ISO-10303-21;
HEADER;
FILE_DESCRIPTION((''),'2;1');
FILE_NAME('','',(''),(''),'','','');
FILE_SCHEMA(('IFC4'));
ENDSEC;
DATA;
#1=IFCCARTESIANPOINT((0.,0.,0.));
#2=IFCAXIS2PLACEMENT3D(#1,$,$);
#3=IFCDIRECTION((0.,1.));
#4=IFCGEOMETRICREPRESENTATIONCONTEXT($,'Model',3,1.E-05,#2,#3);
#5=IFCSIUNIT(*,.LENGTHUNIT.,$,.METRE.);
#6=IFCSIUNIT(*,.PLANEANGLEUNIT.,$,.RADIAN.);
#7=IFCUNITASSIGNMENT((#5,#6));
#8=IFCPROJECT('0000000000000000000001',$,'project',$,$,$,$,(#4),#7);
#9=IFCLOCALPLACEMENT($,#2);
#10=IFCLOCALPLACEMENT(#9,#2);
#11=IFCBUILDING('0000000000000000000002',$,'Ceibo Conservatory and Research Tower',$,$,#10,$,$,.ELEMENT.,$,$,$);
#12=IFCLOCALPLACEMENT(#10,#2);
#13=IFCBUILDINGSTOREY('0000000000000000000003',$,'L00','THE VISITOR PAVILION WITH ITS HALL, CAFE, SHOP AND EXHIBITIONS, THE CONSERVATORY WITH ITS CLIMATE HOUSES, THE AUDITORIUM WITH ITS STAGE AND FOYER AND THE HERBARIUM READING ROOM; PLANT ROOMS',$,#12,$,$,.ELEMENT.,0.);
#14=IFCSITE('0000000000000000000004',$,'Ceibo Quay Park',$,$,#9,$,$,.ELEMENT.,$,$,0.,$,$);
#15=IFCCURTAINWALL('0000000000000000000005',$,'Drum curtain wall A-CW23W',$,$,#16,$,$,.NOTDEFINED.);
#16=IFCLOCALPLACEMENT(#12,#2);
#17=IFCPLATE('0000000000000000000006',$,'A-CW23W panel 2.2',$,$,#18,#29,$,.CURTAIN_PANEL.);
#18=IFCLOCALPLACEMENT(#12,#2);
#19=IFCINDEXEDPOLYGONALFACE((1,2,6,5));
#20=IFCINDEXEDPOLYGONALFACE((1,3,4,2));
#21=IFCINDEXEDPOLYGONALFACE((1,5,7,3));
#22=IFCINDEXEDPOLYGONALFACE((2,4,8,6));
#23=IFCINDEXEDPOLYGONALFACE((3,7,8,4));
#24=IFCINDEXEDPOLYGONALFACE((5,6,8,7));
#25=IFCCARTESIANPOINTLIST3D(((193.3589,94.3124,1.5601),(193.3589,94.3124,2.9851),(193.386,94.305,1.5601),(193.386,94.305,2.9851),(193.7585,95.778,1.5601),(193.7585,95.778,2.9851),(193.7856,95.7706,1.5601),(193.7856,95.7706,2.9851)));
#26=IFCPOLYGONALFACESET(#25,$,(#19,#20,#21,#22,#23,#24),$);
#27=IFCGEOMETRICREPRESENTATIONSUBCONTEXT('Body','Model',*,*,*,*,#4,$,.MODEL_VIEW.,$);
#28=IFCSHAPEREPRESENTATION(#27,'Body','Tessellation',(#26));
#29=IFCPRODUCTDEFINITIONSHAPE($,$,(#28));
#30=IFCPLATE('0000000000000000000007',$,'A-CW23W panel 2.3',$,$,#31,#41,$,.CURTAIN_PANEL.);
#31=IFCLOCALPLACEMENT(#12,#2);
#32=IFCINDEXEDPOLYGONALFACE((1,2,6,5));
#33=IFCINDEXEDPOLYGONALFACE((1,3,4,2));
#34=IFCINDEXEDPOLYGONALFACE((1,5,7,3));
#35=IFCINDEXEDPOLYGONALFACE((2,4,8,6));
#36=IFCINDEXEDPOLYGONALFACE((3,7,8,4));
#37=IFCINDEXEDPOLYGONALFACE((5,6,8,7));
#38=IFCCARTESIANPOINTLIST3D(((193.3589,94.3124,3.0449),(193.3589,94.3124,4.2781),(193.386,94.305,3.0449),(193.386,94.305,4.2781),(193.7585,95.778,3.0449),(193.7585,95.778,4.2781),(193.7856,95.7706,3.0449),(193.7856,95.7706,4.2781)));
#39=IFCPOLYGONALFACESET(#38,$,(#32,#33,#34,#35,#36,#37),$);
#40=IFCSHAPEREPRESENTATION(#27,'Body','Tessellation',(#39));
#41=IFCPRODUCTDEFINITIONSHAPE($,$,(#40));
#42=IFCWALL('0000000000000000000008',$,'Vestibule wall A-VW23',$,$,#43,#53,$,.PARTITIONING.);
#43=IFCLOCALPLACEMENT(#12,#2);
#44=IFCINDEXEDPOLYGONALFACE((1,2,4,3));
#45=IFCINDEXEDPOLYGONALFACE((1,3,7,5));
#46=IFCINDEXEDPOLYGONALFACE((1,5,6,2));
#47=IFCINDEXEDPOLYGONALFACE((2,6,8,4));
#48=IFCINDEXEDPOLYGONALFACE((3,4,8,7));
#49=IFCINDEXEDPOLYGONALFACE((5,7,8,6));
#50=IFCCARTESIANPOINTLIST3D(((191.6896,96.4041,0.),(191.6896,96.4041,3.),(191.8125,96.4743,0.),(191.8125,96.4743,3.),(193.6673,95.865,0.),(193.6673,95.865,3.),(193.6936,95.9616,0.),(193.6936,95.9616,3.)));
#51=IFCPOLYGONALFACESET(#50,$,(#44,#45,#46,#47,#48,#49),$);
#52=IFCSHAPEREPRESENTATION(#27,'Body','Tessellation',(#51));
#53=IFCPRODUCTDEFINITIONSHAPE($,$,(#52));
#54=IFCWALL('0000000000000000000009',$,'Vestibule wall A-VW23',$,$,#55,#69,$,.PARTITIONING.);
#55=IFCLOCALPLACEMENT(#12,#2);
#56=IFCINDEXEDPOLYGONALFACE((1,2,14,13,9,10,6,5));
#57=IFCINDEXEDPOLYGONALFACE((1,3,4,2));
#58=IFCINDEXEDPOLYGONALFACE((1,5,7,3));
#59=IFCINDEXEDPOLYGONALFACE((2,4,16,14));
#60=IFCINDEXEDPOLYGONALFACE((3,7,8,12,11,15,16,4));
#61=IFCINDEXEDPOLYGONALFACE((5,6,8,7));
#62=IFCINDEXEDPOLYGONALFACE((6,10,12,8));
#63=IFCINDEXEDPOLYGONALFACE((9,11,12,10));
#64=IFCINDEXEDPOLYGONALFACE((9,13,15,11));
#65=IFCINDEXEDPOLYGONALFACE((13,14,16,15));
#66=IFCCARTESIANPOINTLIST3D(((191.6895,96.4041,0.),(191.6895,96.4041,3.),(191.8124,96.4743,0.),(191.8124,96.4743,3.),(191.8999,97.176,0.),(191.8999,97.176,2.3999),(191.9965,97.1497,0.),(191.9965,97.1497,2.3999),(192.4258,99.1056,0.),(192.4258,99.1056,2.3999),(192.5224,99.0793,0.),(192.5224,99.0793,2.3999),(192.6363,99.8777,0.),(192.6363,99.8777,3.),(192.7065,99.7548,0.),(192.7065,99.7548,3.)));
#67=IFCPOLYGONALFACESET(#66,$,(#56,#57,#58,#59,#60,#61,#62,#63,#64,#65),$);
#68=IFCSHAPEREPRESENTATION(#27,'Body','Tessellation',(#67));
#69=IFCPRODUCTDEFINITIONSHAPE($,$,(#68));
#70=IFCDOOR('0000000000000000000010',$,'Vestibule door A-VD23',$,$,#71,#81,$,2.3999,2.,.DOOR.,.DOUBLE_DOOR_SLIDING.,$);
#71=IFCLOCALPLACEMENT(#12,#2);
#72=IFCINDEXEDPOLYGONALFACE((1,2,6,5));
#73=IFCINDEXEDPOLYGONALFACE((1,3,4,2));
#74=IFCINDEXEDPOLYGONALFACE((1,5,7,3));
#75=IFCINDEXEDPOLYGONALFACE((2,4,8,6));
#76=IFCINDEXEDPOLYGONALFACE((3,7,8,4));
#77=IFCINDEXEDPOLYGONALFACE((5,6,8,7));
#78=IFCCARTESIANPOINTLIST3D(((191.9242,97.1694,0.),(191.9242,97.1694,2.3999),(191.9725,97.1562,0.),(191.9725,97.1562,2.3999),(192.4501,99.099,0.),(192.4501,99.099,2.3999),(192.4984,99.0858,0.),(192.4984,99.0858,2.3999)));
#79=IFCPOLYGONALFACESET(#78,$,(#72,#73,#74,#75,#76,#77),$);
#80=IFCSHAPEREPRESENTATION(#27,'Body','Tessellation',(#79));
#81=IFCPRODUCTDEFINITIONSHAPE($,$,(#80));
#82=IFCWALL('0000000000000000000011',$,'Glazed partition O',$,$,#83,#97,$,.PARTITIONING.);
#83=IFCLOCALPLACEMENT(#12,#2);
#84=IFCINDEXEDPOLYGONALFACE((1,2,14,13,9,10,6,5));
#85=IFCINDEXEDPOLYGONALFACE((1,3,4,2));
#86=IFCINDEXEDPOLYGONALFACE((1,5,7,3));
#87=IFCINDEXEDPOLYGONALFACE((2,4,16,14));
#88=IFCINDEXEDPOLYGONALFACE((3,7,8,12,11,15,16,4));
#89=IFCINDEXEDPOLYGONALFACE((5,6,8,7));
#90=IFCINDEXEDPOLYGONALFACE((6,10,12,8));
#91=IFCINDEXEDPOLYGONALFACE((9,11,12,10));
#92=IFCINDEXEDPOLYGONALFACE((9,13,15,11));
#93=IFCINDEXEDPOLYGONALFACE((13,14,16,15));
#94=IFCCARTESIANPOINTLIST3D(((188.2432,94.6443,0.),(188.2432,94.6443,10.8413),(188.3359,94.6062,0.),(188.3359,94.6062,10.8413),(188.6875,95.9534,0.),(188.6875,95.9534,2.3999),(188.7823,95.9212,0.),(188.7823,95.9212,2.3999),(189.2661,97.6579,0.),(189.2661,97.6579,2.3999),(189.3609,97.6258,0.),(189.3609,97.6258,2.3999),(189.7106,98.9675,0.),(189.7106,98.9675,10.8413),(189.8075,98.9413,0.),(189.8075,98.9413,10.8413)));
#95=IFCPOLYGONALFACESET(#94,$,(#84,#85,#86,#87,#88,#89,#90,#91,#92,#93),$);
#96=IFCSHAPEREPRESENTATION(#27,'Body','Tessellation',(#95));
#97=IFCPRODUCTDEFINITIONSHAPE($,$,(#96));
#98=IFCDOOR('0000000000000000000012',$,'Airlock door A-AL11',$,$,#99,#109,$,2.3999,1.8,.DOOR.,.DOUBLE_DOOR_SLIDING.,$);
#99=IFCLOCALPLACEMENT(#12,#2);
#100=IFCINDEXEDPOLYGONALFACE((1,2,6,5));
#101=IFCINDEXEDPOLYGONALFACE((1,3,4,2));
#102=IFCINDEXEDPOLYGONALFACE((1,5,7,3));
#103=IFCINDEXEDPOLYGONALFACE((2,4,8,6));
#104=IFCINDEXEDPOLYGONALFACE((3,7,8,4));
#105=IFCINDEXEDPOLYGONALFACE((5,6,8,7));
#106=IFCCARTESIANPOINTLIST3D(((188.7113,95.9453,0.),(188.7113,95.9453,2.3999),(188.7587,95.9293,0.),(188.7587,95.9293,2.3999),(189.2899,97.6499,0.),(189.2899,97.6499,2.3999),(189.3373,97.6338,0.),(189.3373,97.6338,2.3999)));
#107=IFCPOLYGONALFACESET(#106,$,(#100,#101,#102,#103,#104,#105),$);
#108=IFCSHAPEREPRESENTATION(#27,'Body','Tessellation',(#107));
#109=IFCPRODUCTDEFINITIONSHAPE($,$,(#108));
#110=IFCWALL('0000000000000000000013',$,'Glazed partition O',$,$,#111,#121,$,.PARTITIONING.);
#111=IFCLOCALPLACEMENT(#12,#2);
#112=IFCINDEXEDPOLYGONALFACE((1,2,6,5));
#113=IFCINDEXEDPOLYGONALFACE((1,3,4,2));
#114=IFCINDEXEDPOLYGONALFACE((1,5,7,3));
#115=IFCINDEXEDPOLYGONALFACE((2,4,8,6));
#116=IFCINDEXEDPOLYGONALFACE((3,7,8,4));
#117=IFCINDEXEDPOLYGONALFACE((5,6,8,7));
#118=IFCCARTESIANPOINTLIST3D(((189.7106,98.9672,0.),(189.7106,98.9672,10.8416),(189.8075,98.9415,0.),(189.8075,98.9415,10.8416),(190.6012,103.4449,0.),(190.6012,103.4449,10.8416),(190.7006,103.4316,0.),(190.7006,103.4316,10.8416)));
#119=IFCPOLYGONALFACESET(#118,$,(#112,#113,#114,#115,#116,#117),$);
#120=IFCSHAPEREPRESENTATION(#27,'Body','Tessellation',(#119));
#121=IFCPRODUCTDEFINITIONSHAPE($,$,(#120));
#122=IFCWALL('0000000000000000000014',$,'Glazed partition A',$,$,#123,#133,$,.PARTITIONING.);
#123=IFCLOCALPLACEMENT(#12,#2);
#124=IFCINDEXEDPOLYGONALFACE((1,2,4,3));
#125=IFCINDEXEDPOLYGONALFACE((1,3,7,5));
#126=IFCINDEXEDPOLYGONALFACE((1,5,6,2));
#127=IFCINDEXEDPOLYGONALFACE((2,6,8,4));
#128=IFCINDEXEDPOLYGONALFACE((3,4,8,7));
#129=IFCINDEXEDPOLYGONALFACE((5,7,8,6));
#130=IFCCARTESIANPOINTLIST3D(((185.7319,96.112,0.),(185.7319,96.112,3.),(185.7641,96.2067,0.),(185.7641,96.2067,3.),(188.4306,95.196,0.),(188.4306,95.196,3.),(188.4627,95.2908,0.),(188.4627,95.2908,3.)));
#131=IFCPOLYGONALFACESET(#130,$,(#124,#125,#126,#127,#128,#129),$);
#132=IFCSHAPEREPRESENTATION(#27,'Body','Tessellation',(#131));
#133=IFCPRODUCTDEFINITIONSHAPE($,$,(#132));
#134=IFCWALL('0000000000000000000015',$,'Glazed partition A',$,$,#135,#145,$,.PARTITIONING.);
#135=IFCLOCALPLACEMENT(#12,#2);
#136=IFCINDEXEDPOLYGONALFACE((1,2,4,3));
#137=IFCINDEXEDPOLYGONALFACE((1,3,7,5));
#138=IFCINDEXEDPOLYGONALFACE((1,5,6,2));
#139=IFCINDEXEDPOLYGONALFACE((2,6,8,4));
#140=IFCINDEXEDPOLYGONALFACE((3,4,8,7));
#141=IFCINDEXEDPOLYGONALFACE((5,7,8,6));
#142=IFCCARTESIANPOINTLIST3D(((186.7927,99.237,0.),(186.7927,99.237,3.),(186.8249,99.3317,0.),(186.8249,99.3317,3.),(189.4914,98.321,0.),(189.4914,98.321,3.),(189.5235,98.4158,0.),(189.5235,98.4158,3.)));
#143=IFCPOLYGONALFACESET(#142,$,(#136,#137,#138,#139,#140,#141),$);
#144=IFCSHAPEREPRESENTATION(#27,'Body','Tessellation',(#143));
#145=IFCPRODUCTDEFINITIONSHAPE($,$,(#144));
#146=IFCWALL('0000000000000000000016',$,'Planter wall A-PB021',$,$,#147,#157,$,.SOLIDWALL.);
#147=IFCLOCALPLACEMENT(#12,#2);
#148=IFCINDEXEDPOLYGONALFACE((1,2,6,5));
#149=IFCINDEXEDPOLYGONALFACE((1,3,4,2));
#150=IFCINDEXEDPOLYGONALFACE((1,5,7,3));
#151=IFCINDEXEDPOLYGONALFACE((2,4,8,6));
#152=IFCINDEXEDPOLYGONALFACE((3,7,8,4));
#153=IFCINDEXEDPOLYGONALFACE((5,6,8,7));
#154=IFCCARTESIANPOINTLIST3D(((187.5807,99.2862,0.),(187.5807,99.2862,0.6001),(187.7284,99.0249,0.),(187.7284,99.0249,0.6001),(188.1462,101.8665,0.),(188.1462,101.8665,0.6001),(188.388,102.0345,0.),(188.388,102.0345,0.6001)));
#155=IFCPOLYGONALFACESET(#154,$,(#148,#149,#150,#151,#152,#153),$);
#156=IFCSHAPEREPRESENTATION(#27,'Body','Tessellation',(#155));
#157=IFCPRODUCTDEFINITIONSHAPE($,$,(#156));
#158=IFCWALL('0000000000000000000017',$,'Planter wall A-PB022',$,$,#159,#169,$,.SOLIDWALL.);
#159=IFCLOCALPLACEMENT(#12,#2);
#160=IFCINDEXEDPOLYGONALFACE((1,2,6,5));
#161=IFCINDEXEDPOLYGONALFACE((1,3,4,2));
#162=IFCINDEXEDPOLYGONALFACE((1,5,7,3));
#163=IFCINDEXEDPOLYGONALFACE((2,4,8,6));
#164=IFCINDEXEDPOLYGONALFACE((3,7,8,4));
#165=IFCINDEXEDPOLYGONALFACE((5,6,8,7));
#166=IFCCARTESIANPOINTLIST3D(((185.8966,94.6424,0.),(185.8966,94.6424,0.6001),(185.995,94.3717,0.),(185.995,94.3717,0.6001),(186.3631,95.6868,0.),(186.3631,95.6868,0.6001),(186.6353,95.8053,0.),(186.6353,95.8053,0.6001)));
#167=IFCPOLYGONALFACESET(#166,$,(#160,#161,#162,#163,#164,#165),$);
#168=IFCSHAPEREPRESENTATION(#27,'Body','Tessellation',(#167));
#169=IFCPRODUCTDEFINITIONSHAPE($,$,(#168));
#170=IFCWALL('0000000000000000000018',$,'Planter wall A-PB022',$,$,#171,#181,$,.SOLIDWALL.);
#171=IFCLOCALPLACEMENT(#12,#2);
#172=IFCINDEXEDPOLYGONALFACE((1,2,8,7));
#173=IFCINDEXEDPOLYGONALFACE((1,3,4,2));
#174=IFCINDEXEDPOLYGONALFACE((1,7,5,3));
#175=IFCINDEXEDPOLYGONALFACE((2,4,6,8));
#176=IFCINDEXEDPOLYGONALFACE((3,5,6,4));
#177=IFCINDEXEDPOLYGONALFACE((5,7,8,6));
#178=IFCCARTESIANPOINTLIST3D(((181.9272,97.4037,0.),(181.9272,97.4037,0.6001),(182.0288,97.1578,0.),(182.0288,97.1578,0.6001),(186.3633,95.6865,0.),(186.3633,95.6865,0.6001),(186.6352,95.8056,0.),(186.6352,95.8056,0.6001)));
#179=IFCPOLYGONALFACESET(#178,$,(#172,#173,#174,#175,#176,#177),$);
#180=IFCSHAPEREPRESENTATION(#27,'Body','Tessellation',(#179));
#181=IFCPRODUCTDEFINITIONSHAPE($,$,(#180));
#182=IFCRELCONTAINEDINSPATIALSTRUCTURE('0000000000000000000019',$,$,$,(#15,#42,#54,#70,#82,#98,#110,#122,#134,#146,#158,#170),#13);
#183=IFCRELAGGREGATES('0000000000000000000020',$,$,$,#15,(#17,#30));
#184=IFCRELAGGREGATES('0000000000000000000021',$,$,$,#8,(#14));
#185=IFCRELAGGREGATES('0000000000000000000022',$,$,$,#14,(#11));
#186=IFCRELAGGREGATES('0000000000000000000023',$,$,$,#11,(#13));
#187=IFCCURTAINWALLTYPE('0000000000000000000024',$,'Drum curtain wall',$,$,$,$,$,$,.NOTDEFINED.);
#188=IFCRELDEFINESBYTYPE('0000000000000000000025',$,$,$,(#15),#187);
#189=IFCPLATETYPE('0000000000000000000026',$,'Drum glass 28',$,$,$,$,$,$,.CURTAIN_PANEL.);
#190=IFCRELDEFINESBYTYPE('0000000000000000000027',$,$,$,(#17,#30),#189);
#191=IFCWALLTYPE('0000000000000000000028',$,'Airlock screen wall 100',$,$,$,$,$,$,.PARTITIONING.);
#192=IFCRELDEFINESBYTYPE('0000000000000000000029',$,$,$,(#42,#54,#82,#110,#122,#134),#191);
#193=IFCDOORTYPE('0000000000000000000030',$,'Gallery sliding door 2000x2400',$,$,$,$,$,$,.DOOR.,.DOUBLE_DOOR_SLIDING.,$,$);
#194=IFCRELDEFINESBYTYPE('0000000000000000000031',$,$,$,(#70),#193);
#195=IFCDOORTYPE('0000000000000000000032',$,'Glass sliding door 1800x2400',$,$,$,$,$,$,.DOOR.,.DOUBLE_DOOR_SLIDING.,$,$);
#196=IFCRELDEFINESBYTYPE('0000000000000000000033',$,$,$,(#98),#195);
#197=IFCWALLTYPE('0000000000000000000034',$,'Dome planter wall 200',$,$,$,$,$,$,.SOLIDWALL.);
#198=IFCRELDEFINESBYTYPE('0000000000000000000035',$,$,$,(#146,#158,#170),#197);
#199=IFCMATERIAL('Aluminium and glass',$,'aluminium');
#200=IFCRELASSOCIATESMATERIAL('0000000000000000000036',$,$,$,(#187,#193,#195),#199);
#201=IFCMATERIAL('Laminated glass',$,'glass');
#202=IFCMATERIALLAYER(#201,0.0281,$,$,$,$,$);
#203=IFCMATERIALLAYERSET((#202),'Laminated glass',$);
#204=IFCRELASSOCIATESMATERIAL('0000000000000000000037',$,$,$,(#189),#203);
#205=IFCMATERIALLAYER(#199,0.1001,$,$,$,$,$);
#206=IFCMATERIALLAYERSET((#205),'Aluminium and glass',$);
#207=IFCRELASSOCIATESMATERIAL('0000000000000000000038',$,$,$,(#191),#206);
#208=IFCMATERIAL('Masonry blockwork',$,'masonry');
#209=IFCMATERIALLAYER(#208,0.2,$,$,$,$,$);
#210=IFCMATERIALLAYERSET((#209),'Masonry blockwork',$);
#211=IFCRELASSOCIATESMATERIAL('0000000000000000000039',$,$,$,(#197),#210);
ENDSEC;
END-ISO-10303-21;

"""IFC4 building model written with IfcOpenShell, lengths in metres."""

from ifc_helpers import new_model, si_unit, direction, frame, frame_2d, origin, origin_2d, place, context, subcontext, project, spatial, polyline, rectangle, outline, extrude, material, layer, layer_set, type_object, element, fill, aggregate, save


model = new_model("IFC4")

# Units and contexts
model_context = context("Model", 3, precision=1e-05, world=origin(), true_north=direction((0.0, 1.0)))
body_context = subcontext(model_context, "Body", "Model", "MODEL_VIEW")
ifc_project = project(units=[si_unit("LENGTHUNIT", "METRE"), si_unit("PLANEANGLEUNIT", "RADIAN")], contexts=[model_context])

# Site, building, storey
site_placement = place(None, origin())
site = spatial("IfcSite", under=ifc_project, at=site_placement, Name="Ceibo Quay Park", CompositionType="ELEMENT", RefElevation=0.0)
building_placement = place(site_placement, origin())
building = spatial("IfcBuilding", under=site, at=building_placement, Name="Ceibo Conservatory and Research Tower", CompositionType="ELEMENT")
storey_placement = place(building_placement, origin())
storey = spatial("IfcBuildingStorey", under=building, at=storey_placement, Name="L00", Description="THE VISITOR PAVILION WITH ITS HALL, CAFE, SHOP AND EXHIBITIONS, THE CONSERVATORY WITH ITS CLIMATE HOUSES, THE AUDITORIUM WITH ITS STAGE AND FOYER AND THE HERBARIUM READING ROOM; PLANT ROOMS", CompositionType="ELEMENT", Elevation=0.0)

# Shared definitions
ifc_material_1 = material(Name="Aluminium and glass", Category="aluminium")
curtain_wall_type = type_object("IfcCurtainWallType", Name="Drum curtain wall", PredefinedType="NOTDEFINED", material=ifc_material_1)

# Curtain wall
curtain_wall_1_placement = place(storey_placement, origin())
curtain_wall_1 = element("IfcCurtainWall", 1, at=curtain_wall_1_placement, inside=storey, type_object=curtain_wall_type, Name="Drum curtain wall A-CW23W", PredefinedType="NOTDEFINED")

# Plates
ifc_material_2 = material(Name="Laminated glass", Category="glass")
ifc_layer_1 = layer(ifc_material_2, 0.0281)
ifc_layer_set_1 = layer_set([ifc_layer_1], Name="Laminated glass")
plate_type_1 = type_object("IfcPlateType", Name="Drum glass 28", PredefinedType="CURTAIN_PANEL", material=ifc_layer_set_1)
plate_1_placement = place(storey_placement, frame((193.5723, 95.0415, 1.5601), z_axis=(0.0, 0.0, 1.0), x_axis=(0.263031, 0.964787, 0.0)))
plate_1 = element("IfcPlate", 2, at=plate_1_placement, type_object=plate_type_1, Name="A-CW23W panel 2.2", PredefinedType="CURTAIN_PANEL", context=body_context, shape_type="SweptSolid", body=[
    extrude(rectangle(XDim=1.519, YDim=0.0281, at=origin_2d()), origin(), (0.0, 0.0, 1.0), 1.425),
])
plate_2_placement = place(storey_placement, frame((193.5723, 95.0415, 3.0449), z_axis=(0.0, 0.0, 1.0), x_axis=(0.263031, 0.964787, 0.0)))
plate_2 = element("IfcPlate", 3, at=plate_2_placement, type_object=plate_type_1, Name="A-CW23W panel 2.3", PredefinedType="CURTAIN_PANEL", context=body_context, shape_type="SweptSolid", body=[
    extrude(rectangle(XDim=1.519, YDim=0.0281, at=origin_2d()), origin(), (0.0, 0.0, 1.0), 1.2332),
])
aggregate(curtain_wall_1, [plate_1, plate_2])

# Wall
ifc_layer_2 = layer(ifc_material_1, 0.1001)
ifc_layer_set_2 = layer_set([ifc_layer_2], Name="Aluminium and glass")
wall_type_1 = type_object("IfcWallType", Name="Airlock screen wall 100", PredefinedType="PARTITIONING", material=ifc_layer_set_2)
wall_1_placement = place(storey_placement, frame((193.6804, 95.9133, 0.0), z_axis=(0.0, 0.0, 1.0), x_axis=(-0.964806, 0.262962, 0.0)))
element("IfcWall", 4, at=wall_1_placement, inside=storey, type_object=wall_type_1, Name="Vestibule wall A-VW23", PredefinedType="PARTITIONING", context=body_context, shape_type="SweptSolid", body=[
    extrude(outline(polyline([(0.0, -0.05), (1.9497, -0.05), (2.0498, 0.05), (0.0, 0.05), (0.0, -0.05)])), origin(), (0.0, 0.0, 1.0), 3.0),
])

# Walls, openings, doors
wall_2_placement = place(storey_placement, frame((191.751, 96.4392, 0.0), z_axis=(0.0, 0.0, 1.0), x_axis=(0.262964, 0.964806, 0.0)))
wall_2 = element("IfcWall", 5, at=wall_2_placement, inside=storey, type_object=wall_type_1, Name="Vestibule wall A-VW23", PredefinedType="PARTITIONING", context=body_context, shape_type="SweptSolid", body=[
    extrude(outline(polyline([(0.05, -0.05), (3.4502, -0.05), (3.5503, 0.05), (-0.05, 0.05), (0.05, -0.05)])), origin(), (0.0, 0.0, 1.0), 3.0),
])
opening_1_placement = place(wall_2_placement, frame((0.75, 0.0, 0.0)))
opening_1 = element("IfcOpeningElement", 6, at=opening_1_placement, cuts=wall_2, PredefinedType="OPENING", context=body_context, shape_type="SweptSolid", body=[
    extrude(rectangle(XDim=2.0, YDim=2.3999, at=frame_2d((1.0, 1.2))), frame((0.0, 0.0601, 0.0), z_axis=(0.0, -1.0, 0.0), x_axis=(1.0, 0.0, 0.0)), (0.0, 0.0, 1.0), 0.1201),
])
door_type_1 = type_object("IfcDoorType", Name="Gallery sliding door 2000x2400", OperationType="DOUBLE_DOOR_SLIDING", PredefinedType="DOOR", material=ifc_material_1)
door_1_placement = place(opening_1_placement, origin())
door_1 = element("IfcDoor", 7, at=door_1_placement, inside=storey, type_object=door_type_1, Name="Vestibule door A-VD23", OperationType="DOUBLE_DOOR_SLIDING", OverallHeight=2.3999, OverallWidth=2.0, PredefinedType="DOOR", context=body_context, shape_type="SweptSolid", body=[
    extrude(rectangle(XDim=2.0, YDim=2.3999, at=frame_2d((1.0, 1.2))), frame((0.0, 0.0249, 0.0), z_axis=(0.0, -1.0, 0.0), x_axis=(1.0, 0.0, 0.0)), (0.0, 0.0, 1.0), 0.05),
])
fill(opening_1, door_1)
wall_3_placement = place(storey_placement, frame((188.2896, 94.6252, 0.0), z_axis=(0.0, 0.0, 1.0), x_axis=(0.32143, 0.946933, 0.0)))
wall_3 = element("IfcWall", 8, at=wall_3_placement, inside=storey, type_object=wall_type_1, Name="Glazed partition O", PredefinedType="PARTITIONING", context=body_context, shape_type="SweptSolid", body=[
    extrude(outline(polyline([(-0.0032, -0.05), (4.575, -0.05), (4.5686, 0.05), (0.0032, 0.05), (-0.0032, -0.05)])), origin(), (0.0, 0.0, 1.0), 10.8413),
])
opening_2_placement = place(wall_3_placement, frame((1.3857, 0.0, 0.0)))
opening_2 = element("IfcOpeningElement", 9, at=opening_2_placement, cuts=wall_3, PredefinedType="OPENING", context=body_context, shape_type="SweptSolid", body=[
    extrude(rectangle(XDim=1.8, YDim=2.3999, at=frame_2d((0.8999, 1.2))), frame((0.0, 0.0601, 0.0), z_axis=(0.0, -1.0, 0.0), x_axis=(1.0, 0.0, 0.0)), (0.0, 0.0, 1.0), 0.1201),
])
door_type_2 = type_object("IfcDoorType", Name="Glass sliding door 1800x2400", OperationType="DOUBLE_DOOR_SLIDING", PredefinedType="DOOR", material=ifc_material_1)
door_2_placement = place(opening_2_placement, origin())
door_2 = element("IfcDoor", 10, at=door_2_placement, inside=storey, type_object=door_type_2, Name="Airlock door A-AL11", OperationType="DOUBLE_DOOR_SLIDING", OverallHeight=2.3999, OverallWidth=1.8, PredefinedType="DOOR", context=body_context, shape_type="SweptSolid", body=[
    extrude(rectangle(XDim=1.8, YDim=2.3999, at=frame_2d((0.8999, 1.2))), frame((0.0, 0.0249, 0.0), z_axis=(0.0, -1.0, 0.0), x_axis=(1.0, 0.0, 0.0)), (0.0, 0.0, 1.0), 0.05),
])
fill(opening_2, door_2)

# Walls
wall_4_placement = place(storey_placement, frame((189.759, 98.9543, 0.0), z_axis=(0.0, 0.0, 1.0), x_axis=(0.195079, 0.980788, 0.0)))
element("IfcWall", 11, at=wall_4_placement, inside=storey, type_object=wall_type_1, Name="Glazed partition O", PredefinedType="PARTITIONING", context=body_context, shape_type="SweptSolid", body=[
    extrude(outline(polyline([(-0.0032, -0.05), (4.575, -0.05), (4.5686, 0.05), (0.0032, 0.05), (-0.0032, -0.05)])), origin(), (0.0, 0.0, 1.0), 10.8416),
])
for number, where, z_axis, x_axis, name in (
    (12, (188.4465, 95.2434, 0.0), (0.0, 0.0, 1.0), (-0.946939, 0.321414, 0.0), "Glazed partition A"),
    (13, (189.5073, 98.3684, 0.0), (0.0, 0.0, 1.0), (-0.946939, 0.321414, 0.0), "Glazed partition A"),
):
    element("IfcWall", number, at=place(storey_placement, frame(where, z_axis=z_axis, x_axis=x_axis)), inside=storey, type_object=wall_type_1, Name=name, PredefinedType="PARTITIONING", context=body_context, shape_type="SweptSolid", body=[
        extrude(rectangle(XDim=2.8499, YDim=0.1001, at=frame_2d((1.4248, 0.0))), origin(), (0.0, 0.0, 1.0), 3.0),
    ])

# Walls
ifc_material_3 = material(Name="Masonry blockwork", Category="masonry")
ifc_layer_3 = layer(ifc_material_3, 0.2)
ifc_layer_set_3 = layer_set([ifc_layer_3], Name="Masonry blockwork")
wall_type_2 = type_object("IfcWallType", Name="Dome planter wall 200", PredefinedType="SOLIDWALL", material=ifc_layer_set_3)
wall_5_placement = place(storey_placement, frame((187.6545, 99.1555, 0.0), z_axis=(0.0, 0.0, 1.0), x_axis=(0.214084, 0.976815, 0.0)))
element("IfcWall", 14, at=wall_5_placement, inside=storey, type_object=wall_type_2, Name="Planter wall A-PB021", PredefinedType="SOLIDWALL", context=body_context, shape_type="SweptSolid", body=[
    extrude(outline(polyline([(-0.1118, -0.1001), (2.9692, -0.1001), (2.7534, 0.1001), (0.1118, 0.1001), (-0.1118, -0.1001)])), origin(), (0.0, 0.0, 1.0), 0.6001),
])
wall_6_placement = place(storey_placement, frame((185.9458, 94.5071, 0.0), z_axis=(0.0, 0.0, 1.0), x_axis=(0.407857, 0.913046, 0.0)))
element("IfcWall", 15, at=wall_6_placement, inside=storey, type_object=wall_type_2, Name="Planter wall A-PB022", PredefinedType="SOLIDWALL", context=body_context, shape_type="SweptSolid", body=[
    extrude(outline(polyline([(-0.1035, -0.1001), (1.4666, -0.1001), (1.2473, 0.1001), (0.1035, 0.1001), (-0.1035, -0.1001)])), origin(), (0.0, 0.0, 1.0), 0.6001),
])
wall_7_placement = place(storey_placement, frame((186.4993, 95.7461, 0.0), z_axis=(0.0, 0.0, 1.0), x_axis=(-0.946936, 0.321423, 0.0)))
element("IfcWall", 16, at=wall_7_placement, inside=storey, type_object=wall_type_2, Name="Planter wall A-PB022", PredefinedType="SOLIDWALL", context=body_context, shape_type="SweptSolid", body=[
    extrude(outline(polyline([(-0.1096, -0.1001), (4.8623, -0.1001), (4.687, 0.1001), (0.1096, 0.1001), (-0.1096, -0.1001)])), origin(), (0.0, 0.0, 1.0), 0.6001),
])

save(model, "model.ifc")
